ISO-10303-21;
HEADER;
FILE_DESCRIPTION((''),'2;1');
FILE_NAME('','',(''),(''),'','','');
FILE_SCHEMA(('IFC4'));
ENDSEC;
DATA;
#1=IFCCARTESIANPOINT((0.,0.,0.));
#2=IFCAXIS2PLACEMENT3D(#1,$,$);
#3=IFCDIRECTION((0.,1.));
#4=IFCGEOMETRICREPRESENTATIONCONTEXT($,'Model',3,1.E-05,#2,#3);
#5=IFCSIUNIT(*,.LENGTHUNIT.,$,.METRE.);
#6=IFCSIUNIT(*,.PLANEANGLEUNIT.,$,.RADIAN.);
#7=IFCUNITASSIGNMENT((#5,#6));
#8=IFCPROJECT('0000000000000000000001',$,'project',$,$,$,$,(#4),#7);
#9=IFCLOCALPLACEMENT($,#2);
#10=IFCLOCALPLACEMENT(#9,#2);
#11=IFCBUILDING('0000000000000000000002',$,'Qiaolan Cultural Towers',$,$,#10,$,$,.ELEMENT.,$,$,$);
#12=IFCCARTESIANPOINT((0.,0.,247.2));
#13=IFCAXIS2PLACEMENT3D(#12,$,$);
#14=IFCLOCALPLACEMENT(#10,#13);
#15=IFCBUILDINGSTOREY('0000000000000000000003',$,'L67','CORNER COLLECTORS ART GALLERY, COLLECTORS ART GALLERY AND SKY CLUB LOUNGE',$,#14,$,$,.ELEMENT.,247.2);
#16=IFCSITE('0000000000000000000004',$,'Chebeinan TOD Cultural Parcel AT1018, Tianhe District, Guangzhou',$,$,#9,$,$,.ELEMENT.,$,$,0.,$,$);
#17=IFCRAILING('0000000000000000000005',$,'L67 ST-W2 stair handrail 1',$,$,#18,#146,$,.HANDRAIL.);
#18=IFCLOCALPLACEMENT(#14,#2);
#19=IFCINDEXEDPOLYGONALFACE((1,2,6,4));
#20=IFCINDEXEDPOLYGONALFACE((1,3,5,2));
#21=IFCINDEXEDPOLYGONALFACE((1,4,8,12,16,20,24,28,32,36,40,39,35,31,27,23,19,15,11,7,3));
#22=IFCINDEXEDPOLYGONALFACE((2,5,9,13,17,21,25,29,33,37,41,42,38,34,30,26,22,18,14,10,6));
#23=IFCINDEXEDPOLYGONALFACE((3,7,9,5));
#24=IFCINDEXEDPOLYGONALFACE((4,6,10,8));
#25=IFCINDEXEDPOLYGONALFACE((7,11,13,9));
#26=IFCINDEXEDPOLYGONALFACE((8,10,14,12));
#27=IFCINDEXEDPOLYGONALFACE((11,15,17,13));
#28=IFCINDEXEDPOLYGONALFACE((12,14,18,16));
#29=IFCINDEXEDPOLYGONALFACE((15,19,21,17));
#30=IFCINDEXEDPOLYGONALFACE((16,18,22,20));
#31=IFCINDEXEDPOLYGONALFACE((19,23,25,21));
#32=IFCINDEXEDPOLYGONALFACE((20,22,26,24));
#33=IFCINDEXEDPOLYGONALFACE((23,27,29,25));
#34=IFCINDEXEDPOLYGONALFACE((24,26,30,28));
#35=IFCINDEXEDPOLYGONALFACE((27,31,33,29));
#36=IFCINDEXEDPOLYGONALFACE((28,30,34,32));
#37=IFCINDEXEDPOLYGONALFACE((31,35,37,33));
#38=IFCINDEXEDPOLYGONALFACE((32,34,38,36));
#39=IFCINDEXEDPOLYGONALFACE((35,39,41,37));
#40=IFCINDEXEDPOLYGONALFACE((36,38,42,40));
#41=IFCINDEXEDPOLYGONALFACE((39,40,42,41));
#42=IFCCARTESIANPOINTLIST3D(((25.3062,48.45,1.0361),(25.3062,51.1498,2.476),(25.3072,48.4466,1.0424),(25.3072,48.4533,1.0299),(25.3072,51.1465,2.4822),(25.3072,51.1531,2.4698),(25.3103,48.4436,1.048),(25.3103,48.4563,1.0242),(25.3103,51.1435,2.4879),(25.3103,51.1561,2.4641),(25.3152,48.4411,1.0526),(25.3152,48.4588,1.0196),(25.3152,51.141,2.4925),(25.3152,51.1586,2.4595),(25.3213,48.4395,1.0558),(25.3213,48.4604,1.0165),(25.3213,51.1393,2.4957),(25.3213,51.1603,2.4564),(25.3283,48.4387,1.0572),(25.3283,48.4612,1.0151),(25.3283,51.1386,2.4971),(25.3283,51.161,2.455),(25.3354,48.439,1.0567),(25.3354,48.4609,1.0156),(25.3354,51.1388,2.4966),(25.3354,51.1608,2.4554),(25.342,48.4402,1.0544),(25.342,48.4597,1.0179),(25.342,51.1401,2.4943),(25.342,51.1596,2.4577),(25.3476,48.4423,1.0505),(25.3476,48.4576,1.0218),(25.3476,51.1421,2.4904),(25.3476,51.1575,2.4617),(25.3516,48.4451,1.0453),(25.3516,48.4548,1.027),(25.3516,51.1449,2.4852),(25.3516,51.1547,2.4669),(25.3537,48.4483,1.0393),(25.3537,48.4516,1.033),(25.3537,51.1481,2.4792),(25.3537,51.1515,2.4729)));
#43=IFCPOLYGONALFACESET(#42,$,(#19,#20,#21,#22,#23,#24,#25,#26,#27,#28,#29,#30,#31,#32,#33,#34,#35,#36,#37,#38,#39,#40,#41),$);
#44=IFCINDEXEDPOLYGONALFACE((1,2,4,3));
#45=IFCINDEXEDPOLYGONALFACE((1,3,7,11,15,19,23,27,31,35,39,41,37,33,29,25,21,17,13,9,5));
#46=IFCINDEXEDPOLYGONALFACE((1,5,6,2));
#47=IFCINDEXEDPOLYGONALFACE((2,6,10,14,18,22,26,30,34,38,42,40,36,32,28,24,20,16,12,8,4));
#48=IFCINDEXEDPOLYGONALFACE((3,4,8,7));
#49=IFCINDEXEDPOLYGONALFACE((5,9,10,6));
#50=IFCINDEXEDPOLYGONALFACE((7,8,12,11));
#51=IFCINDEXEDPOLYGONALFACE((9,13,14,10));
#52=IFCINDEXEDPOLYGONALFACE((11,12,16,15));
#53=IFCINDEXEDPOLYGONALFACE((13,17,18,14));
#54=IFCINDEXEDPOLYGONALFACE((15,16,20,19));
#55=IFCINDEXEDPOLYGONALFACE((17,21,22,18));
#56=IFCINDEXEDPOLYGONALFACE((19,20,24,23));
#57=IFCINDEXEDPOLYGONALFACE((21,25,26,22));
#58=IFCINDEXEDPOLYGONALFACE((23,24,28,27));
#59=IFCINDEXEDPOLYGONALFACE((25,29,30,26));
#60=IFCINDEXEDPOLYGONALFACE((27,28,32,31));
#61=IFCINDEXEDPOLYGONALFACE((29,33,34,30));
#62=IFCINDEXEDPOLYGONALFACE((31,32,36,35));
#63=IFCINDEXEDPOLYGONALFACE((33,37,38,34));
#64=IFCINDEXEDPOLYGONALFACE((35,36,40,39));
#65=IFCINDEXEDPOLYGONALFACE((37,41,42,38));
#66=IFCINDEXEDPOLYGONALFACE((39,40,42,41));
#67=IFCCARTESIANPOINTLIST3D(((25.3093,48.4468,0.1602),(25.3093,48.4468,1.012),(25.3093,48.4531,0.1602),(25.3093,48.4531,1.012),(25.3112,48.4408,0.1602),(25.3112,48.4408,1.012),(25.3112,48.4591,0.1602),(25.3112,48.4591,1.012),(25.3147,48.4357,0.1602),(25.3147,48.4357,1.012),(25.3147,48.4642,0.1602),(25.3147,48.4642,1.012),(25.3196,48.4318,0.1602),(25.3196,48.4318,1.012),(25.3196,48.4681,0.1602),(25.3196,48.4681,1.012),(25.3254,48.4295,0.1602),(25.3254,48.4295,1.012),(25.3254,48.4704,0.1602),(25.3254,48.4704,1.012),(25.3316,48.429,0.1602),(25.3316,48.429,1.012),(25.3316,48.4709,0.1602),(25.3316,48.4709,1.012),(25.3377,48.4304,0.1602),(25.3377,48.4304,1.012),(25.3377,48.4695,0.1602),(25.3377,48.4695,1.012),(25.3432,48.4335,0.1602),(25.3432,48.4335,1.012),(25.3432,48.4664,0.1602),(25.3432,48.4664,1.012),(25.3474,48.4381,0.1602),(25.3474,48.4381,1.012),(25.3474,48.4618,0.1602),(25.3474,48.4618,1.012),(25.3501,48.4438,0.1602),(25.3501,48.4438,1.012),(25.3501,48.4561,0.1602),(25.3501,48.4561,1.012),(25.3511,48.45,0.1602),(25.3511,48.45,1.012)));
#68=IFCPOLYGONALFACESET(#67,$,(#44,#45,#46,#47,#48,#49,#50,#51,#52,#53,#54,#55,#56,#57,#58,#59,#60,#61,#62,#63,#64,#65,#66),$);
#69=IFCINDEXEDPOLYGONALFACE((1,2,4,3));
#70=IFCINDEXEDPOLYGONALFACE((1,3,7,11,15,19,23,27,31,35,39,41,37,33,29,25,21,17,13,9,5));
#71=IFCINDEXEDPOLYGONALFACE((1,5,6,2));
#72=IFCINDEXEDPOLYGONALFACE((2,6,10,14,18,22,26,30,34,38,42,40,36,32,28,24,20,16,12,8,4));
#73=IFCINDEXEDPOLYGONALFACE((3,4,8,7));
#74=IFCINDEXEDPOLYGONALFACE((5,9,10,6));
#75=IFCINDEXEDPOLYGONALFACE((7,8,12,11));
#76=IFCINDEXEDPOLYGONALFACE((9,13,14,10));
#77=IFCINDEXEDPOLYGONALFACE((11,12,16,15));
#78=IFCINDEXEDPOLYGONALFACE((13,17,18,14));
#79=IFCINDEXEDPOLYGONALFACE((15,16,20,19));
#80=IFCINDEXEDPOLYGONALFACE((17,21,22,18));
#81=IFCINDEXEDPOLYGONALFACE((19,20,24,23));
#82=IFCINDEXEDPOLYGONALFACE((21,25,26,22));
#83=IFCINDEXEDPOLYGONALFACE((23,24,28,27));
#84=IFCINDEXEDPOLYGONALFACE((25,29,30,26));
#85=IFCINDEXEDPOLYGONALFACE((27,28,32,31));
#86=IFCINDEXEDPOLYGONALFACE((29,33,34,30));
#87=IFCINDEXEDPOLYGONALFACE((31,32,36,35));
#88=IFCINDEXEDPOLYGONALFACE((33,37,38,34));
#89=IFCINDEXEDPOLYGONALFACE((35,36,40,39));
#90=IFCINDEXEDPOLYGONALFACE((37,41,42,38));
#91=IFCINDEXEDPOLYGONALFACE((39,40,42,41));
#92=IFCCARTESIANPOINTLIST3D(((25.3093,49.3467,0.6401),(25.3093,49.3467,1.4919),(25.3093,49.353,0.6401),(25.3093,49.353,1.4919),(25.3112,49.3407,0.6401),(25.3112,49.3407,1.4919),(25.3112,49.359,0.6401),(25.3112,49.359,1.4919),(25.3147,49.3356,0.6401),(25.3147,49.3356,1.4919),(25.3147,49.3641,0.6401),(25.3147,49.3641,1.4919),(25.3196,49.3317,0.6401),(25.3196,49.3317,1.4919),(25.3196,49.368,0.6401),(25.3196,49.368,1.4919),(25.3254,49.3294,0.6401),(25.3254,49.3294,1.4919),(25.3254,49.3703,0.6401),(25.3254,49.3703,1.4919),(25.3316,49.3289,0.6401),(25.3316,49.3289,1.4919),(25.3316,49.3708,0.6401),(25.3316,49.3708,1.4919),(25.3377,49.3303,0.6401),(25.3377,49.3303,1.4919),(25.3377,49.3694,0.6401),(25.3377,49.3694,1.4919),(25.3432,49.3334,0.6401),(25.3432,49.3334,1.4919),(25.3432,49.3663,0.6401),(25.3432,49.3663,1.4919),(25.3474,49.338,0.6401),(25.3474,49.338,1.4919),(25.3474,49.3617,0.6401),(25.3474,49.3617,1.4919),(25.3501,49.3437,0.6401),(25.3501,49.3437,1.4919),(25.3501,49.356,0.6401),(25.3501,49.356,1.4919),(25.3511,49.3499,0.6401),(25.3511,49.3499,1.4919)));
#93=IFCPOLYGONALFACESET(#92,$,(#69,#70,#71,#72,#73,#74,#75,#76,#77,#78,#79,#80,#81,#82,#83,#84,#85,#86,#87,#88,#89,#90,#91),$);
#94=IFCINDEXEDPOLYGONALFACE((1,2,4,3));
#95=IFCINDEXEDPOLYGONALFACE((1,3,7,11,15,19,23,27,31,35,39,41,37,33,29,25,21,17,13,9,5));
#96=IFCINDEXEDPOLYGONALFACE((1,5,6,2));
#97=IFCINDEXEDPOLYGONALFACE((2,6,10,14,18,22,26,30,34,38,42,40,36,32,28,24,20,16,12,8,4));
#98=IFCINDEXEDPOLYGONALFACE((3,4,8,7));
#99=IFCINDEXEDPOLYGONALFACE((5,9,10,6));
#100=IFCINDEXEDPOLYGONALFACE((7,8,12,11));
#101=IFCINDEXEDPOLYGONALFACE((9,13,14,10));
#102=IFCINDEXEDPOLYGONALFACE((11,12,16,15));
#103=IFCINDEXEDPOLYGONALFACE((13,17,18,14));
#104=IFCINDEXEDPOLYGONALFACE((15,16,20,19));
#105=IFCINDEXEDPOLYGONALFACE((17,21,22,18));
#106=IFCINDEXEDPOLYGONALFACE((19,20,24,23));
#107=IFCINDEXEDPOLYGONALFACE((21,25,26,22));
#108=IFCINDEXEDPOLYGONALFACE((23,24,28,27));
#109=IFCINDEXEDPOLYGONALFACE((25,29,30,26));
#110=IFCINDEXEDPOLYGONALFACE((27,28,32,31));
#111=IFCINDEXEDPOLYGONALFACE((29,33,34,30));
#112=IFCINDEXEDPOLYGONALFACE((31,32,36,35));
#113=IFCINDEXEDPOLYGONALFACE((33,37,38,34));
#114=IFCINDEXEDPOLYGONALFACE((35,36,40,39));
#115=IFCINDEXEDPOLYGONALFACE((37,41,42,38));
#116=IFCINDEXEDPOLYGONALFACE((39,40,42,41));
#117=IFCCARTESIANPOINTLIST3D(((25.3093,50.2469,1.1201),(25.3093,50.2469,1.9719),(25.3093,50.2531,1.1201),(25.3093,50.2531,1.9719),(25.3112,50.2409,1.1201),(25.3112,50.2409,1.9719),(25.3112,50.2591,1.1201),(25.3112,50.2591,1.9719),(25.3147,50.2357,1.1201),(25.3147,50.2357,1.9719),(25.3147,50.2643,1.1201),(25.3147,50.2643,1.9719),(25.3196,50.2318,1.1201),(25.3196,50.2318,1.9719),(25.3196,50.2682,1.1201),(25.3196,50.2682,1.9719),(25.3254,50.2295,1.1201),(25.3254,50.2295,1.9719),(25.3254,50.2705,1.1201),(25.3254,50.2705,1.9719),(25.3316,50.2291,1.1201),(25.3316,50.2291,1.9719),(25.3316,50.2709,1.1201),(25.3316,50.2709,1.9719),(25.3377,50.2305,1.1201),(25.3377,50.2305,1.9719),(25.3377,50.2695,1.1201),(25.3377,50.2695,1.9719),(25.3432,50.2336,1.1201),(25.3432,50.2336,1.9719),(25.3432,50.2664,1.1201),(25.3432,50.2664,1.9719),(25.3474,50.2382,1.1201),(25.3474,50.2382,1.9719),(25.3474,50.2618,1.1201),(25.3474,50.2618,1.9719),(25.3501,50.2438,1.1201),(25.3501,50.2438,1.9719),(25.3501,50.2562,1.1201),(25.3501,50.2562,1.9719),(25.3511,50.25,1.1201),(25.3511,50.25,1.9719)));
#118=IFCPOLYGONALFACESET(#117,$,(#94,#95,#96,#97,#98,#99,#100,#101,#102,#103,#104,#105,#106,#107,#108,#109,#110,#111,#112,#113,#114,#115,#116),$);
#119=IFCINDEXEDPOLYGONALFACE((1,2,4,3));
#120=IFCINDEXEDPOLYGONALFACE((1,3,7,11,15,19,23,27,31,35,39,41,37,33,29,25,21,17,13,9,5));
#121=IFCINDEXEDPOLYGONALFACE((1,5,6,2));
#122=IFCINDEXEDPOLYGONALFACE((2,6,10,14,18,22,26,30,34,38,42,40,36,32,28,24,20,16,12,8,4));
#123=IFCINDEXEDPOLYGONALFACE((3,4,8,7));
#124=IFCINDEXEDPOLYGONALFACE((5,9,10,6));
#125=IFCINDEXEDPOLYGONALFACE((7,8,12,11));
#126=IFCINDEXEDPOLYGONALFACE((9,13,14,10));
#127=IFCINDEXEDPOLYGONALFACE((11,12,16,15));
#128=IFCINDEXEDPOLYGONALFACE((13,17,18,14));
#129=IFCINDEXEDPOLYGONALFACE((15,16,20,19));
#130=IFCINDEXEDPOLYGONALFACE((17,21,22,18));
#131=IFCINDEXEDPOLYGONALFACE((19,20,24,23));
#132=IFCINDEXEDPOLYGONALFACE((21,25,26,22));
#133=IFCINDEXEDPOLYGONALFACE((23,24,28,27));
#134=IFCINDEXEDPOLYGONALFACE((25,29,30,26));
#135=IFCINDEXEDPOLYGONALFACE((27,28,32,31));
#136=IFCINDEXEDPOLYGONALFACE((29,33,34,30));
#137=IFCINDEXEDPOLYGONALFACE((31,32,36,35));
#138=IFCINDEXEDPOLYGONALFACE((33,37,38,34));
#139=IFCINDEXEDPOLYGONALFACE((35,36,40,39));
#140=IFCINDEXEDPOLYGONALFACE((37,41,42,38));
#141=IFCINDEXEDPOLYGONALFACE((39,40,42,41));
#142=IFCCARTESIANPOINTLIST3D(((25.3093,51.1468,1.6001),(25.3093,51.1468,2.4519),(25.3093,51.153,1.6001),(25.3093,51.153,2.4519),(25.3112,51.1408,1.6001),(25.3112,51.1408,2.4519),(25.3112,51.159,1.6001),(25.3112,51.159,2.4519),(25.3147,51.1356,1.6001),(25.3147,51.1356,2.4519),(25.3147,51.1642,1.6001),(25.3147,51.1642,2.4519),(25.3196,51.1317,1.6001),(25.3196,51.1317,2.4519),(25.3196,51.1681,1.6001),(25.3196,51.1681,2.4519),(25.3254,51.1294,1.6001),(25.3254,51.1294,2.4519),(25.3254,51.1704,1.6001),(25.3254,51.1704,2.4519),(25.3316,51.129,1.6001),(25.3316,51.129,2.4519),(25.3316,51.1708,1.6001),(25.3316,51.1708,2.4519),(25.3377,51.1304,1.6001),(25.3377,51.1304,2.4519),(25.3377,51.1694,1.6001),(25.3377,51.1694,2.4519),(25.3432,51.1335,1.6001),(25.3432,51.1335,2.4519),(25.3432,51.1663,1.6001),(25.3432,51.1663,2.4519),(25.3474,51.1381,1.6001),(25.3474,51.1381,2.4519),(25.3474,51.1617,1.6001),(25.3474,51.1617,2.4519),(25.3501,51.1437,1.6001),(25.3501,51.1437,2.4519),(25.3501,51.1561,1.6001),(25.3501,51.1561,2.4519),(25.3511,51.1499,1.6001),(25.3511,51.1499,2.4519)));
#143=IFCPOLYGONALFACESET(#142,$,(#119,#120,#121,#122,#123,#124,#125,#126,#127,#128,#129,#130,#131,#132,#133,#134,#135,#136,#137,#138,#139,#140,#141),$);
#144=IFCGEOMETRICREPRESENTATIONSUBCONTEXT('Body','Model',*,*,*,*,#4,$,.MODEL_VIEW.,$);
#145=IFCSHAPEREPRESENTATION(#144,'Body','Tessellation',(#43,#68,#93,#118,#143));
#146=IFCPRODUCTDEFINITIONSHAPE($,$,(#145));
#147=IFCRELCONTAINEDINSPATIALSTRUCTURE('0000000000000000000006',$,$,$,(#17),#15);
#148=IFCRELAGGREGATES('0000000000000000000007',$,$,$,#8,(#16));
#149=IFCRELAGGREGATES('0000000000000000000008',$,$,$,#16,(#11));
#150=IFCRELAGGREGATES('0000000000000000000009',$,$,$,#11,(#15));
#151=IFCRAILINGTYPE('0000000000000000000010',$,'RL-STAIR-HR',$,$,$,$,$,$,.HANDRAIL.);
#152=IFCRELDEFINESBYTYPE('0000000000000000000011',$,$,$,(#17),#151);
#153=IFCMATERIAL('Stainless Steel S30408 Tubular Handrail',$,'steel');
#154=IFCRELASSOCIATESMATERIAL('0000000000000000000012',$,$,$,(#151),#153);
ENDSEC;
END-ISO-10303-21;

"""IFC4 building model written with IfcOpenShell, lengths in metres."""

from ifc_helpers import new_model, si_unit, direction, frame, origin, origin_2d, place, context, subcontext, project, spatial, circle, extrude, material, type_object, element, save


model = new_model("IFC4")

# Units and contexts
model_context = context("Model", 3, precision=1e-05, world=origin(), true_north=direction((0.0, 1.0)))
body_context = subcontext(model_context, "Body", "Model", "MODEL_VIEW")
ifc_project = project(units=[si_unit("LENGTHUNIT", "METRE"), si_unit("PLANEANGLEUNIT", "RADIAN")], contexts=[model_context])

# Site, building, storey
site_placement = place(None, origin())
site = spatial("IfcSite", under=ifc_project, at=site_placement, Name="Chebeinan TOD Cultural Parcel AT1018, Tianhe District, Guangzhou", CompositionType="ELEMENT", RefElevation=0.0)
building_placement = place(site_placement, origin())
building = spatial("IfcBuilding", under=site, at=building_placement, Name="Qiaolan Cultural Towers", CompositionType="ELEMENT")
storey_placement = place(building_placement, frame((0.0, 0.0, 247.2)))
storey = spatial("IfcBuildingStorey", under=building, at=storey_placement, Name="L67", Description="CORNER COLLECTORS ART GALLERY, COLLECTORS ART GALLERY AND SKY CLUB LOUNGE", CompositionType="ELEMENT", Elevation=247.2)

# Railing
ifc_material_1 = material(Name="Stainless Steel S30408 Tubular Handrail", Category="steel")
railing_type = type_object("IfcRailingType", Name="RL-STAIR-HR", PredefinedType="HANDRAIL", material=ifc_material_1)
railing_placement = place(storey_placement, frame((25.3301, 48.45, 0.1602)))
element("IfcRailing", 1, at=railing_placement, inside=storey, type_object=railing_type, Name="L67 ST-W2 stair handrail 1", PredefinedType="HANDRAIL", context=body_context, shape_type="SweptSolid", body=[
    extrude(circle(Radius=0.0239, at=origin_2d()), frame((0.0, 0.0, 0.876), z_axis=(0.0, 0.882357, 0.47058), x_axis=(-1.0, 0.0, 0.0)), (0.0, 0.0, 1.0), 3.0598),
    extrude(circle(Radius=0.021, at=origin_2d()), origin(), (0.0, 0.0, 1.0), 0.8518),
    extrude(circle(Radius=0.021, at=origin_2d()), frame((0.0, 0.8999, 0.48)), (0.0, 0.0, 1.0), 0.8518),
    extrude(circle(Radius=0.021, at=origin_2d()), frame((0.0, 1.8, 0.96)), (0.0, 0.0, 1.0), 0.8518),
    extrude(circle(Radius=0.021, at=origin_2d()), frame((0.0, 2.7, 1.4399)), (0.0, 0.0, 1.0), 0.8518),
])

save(model, "model.ifc")
